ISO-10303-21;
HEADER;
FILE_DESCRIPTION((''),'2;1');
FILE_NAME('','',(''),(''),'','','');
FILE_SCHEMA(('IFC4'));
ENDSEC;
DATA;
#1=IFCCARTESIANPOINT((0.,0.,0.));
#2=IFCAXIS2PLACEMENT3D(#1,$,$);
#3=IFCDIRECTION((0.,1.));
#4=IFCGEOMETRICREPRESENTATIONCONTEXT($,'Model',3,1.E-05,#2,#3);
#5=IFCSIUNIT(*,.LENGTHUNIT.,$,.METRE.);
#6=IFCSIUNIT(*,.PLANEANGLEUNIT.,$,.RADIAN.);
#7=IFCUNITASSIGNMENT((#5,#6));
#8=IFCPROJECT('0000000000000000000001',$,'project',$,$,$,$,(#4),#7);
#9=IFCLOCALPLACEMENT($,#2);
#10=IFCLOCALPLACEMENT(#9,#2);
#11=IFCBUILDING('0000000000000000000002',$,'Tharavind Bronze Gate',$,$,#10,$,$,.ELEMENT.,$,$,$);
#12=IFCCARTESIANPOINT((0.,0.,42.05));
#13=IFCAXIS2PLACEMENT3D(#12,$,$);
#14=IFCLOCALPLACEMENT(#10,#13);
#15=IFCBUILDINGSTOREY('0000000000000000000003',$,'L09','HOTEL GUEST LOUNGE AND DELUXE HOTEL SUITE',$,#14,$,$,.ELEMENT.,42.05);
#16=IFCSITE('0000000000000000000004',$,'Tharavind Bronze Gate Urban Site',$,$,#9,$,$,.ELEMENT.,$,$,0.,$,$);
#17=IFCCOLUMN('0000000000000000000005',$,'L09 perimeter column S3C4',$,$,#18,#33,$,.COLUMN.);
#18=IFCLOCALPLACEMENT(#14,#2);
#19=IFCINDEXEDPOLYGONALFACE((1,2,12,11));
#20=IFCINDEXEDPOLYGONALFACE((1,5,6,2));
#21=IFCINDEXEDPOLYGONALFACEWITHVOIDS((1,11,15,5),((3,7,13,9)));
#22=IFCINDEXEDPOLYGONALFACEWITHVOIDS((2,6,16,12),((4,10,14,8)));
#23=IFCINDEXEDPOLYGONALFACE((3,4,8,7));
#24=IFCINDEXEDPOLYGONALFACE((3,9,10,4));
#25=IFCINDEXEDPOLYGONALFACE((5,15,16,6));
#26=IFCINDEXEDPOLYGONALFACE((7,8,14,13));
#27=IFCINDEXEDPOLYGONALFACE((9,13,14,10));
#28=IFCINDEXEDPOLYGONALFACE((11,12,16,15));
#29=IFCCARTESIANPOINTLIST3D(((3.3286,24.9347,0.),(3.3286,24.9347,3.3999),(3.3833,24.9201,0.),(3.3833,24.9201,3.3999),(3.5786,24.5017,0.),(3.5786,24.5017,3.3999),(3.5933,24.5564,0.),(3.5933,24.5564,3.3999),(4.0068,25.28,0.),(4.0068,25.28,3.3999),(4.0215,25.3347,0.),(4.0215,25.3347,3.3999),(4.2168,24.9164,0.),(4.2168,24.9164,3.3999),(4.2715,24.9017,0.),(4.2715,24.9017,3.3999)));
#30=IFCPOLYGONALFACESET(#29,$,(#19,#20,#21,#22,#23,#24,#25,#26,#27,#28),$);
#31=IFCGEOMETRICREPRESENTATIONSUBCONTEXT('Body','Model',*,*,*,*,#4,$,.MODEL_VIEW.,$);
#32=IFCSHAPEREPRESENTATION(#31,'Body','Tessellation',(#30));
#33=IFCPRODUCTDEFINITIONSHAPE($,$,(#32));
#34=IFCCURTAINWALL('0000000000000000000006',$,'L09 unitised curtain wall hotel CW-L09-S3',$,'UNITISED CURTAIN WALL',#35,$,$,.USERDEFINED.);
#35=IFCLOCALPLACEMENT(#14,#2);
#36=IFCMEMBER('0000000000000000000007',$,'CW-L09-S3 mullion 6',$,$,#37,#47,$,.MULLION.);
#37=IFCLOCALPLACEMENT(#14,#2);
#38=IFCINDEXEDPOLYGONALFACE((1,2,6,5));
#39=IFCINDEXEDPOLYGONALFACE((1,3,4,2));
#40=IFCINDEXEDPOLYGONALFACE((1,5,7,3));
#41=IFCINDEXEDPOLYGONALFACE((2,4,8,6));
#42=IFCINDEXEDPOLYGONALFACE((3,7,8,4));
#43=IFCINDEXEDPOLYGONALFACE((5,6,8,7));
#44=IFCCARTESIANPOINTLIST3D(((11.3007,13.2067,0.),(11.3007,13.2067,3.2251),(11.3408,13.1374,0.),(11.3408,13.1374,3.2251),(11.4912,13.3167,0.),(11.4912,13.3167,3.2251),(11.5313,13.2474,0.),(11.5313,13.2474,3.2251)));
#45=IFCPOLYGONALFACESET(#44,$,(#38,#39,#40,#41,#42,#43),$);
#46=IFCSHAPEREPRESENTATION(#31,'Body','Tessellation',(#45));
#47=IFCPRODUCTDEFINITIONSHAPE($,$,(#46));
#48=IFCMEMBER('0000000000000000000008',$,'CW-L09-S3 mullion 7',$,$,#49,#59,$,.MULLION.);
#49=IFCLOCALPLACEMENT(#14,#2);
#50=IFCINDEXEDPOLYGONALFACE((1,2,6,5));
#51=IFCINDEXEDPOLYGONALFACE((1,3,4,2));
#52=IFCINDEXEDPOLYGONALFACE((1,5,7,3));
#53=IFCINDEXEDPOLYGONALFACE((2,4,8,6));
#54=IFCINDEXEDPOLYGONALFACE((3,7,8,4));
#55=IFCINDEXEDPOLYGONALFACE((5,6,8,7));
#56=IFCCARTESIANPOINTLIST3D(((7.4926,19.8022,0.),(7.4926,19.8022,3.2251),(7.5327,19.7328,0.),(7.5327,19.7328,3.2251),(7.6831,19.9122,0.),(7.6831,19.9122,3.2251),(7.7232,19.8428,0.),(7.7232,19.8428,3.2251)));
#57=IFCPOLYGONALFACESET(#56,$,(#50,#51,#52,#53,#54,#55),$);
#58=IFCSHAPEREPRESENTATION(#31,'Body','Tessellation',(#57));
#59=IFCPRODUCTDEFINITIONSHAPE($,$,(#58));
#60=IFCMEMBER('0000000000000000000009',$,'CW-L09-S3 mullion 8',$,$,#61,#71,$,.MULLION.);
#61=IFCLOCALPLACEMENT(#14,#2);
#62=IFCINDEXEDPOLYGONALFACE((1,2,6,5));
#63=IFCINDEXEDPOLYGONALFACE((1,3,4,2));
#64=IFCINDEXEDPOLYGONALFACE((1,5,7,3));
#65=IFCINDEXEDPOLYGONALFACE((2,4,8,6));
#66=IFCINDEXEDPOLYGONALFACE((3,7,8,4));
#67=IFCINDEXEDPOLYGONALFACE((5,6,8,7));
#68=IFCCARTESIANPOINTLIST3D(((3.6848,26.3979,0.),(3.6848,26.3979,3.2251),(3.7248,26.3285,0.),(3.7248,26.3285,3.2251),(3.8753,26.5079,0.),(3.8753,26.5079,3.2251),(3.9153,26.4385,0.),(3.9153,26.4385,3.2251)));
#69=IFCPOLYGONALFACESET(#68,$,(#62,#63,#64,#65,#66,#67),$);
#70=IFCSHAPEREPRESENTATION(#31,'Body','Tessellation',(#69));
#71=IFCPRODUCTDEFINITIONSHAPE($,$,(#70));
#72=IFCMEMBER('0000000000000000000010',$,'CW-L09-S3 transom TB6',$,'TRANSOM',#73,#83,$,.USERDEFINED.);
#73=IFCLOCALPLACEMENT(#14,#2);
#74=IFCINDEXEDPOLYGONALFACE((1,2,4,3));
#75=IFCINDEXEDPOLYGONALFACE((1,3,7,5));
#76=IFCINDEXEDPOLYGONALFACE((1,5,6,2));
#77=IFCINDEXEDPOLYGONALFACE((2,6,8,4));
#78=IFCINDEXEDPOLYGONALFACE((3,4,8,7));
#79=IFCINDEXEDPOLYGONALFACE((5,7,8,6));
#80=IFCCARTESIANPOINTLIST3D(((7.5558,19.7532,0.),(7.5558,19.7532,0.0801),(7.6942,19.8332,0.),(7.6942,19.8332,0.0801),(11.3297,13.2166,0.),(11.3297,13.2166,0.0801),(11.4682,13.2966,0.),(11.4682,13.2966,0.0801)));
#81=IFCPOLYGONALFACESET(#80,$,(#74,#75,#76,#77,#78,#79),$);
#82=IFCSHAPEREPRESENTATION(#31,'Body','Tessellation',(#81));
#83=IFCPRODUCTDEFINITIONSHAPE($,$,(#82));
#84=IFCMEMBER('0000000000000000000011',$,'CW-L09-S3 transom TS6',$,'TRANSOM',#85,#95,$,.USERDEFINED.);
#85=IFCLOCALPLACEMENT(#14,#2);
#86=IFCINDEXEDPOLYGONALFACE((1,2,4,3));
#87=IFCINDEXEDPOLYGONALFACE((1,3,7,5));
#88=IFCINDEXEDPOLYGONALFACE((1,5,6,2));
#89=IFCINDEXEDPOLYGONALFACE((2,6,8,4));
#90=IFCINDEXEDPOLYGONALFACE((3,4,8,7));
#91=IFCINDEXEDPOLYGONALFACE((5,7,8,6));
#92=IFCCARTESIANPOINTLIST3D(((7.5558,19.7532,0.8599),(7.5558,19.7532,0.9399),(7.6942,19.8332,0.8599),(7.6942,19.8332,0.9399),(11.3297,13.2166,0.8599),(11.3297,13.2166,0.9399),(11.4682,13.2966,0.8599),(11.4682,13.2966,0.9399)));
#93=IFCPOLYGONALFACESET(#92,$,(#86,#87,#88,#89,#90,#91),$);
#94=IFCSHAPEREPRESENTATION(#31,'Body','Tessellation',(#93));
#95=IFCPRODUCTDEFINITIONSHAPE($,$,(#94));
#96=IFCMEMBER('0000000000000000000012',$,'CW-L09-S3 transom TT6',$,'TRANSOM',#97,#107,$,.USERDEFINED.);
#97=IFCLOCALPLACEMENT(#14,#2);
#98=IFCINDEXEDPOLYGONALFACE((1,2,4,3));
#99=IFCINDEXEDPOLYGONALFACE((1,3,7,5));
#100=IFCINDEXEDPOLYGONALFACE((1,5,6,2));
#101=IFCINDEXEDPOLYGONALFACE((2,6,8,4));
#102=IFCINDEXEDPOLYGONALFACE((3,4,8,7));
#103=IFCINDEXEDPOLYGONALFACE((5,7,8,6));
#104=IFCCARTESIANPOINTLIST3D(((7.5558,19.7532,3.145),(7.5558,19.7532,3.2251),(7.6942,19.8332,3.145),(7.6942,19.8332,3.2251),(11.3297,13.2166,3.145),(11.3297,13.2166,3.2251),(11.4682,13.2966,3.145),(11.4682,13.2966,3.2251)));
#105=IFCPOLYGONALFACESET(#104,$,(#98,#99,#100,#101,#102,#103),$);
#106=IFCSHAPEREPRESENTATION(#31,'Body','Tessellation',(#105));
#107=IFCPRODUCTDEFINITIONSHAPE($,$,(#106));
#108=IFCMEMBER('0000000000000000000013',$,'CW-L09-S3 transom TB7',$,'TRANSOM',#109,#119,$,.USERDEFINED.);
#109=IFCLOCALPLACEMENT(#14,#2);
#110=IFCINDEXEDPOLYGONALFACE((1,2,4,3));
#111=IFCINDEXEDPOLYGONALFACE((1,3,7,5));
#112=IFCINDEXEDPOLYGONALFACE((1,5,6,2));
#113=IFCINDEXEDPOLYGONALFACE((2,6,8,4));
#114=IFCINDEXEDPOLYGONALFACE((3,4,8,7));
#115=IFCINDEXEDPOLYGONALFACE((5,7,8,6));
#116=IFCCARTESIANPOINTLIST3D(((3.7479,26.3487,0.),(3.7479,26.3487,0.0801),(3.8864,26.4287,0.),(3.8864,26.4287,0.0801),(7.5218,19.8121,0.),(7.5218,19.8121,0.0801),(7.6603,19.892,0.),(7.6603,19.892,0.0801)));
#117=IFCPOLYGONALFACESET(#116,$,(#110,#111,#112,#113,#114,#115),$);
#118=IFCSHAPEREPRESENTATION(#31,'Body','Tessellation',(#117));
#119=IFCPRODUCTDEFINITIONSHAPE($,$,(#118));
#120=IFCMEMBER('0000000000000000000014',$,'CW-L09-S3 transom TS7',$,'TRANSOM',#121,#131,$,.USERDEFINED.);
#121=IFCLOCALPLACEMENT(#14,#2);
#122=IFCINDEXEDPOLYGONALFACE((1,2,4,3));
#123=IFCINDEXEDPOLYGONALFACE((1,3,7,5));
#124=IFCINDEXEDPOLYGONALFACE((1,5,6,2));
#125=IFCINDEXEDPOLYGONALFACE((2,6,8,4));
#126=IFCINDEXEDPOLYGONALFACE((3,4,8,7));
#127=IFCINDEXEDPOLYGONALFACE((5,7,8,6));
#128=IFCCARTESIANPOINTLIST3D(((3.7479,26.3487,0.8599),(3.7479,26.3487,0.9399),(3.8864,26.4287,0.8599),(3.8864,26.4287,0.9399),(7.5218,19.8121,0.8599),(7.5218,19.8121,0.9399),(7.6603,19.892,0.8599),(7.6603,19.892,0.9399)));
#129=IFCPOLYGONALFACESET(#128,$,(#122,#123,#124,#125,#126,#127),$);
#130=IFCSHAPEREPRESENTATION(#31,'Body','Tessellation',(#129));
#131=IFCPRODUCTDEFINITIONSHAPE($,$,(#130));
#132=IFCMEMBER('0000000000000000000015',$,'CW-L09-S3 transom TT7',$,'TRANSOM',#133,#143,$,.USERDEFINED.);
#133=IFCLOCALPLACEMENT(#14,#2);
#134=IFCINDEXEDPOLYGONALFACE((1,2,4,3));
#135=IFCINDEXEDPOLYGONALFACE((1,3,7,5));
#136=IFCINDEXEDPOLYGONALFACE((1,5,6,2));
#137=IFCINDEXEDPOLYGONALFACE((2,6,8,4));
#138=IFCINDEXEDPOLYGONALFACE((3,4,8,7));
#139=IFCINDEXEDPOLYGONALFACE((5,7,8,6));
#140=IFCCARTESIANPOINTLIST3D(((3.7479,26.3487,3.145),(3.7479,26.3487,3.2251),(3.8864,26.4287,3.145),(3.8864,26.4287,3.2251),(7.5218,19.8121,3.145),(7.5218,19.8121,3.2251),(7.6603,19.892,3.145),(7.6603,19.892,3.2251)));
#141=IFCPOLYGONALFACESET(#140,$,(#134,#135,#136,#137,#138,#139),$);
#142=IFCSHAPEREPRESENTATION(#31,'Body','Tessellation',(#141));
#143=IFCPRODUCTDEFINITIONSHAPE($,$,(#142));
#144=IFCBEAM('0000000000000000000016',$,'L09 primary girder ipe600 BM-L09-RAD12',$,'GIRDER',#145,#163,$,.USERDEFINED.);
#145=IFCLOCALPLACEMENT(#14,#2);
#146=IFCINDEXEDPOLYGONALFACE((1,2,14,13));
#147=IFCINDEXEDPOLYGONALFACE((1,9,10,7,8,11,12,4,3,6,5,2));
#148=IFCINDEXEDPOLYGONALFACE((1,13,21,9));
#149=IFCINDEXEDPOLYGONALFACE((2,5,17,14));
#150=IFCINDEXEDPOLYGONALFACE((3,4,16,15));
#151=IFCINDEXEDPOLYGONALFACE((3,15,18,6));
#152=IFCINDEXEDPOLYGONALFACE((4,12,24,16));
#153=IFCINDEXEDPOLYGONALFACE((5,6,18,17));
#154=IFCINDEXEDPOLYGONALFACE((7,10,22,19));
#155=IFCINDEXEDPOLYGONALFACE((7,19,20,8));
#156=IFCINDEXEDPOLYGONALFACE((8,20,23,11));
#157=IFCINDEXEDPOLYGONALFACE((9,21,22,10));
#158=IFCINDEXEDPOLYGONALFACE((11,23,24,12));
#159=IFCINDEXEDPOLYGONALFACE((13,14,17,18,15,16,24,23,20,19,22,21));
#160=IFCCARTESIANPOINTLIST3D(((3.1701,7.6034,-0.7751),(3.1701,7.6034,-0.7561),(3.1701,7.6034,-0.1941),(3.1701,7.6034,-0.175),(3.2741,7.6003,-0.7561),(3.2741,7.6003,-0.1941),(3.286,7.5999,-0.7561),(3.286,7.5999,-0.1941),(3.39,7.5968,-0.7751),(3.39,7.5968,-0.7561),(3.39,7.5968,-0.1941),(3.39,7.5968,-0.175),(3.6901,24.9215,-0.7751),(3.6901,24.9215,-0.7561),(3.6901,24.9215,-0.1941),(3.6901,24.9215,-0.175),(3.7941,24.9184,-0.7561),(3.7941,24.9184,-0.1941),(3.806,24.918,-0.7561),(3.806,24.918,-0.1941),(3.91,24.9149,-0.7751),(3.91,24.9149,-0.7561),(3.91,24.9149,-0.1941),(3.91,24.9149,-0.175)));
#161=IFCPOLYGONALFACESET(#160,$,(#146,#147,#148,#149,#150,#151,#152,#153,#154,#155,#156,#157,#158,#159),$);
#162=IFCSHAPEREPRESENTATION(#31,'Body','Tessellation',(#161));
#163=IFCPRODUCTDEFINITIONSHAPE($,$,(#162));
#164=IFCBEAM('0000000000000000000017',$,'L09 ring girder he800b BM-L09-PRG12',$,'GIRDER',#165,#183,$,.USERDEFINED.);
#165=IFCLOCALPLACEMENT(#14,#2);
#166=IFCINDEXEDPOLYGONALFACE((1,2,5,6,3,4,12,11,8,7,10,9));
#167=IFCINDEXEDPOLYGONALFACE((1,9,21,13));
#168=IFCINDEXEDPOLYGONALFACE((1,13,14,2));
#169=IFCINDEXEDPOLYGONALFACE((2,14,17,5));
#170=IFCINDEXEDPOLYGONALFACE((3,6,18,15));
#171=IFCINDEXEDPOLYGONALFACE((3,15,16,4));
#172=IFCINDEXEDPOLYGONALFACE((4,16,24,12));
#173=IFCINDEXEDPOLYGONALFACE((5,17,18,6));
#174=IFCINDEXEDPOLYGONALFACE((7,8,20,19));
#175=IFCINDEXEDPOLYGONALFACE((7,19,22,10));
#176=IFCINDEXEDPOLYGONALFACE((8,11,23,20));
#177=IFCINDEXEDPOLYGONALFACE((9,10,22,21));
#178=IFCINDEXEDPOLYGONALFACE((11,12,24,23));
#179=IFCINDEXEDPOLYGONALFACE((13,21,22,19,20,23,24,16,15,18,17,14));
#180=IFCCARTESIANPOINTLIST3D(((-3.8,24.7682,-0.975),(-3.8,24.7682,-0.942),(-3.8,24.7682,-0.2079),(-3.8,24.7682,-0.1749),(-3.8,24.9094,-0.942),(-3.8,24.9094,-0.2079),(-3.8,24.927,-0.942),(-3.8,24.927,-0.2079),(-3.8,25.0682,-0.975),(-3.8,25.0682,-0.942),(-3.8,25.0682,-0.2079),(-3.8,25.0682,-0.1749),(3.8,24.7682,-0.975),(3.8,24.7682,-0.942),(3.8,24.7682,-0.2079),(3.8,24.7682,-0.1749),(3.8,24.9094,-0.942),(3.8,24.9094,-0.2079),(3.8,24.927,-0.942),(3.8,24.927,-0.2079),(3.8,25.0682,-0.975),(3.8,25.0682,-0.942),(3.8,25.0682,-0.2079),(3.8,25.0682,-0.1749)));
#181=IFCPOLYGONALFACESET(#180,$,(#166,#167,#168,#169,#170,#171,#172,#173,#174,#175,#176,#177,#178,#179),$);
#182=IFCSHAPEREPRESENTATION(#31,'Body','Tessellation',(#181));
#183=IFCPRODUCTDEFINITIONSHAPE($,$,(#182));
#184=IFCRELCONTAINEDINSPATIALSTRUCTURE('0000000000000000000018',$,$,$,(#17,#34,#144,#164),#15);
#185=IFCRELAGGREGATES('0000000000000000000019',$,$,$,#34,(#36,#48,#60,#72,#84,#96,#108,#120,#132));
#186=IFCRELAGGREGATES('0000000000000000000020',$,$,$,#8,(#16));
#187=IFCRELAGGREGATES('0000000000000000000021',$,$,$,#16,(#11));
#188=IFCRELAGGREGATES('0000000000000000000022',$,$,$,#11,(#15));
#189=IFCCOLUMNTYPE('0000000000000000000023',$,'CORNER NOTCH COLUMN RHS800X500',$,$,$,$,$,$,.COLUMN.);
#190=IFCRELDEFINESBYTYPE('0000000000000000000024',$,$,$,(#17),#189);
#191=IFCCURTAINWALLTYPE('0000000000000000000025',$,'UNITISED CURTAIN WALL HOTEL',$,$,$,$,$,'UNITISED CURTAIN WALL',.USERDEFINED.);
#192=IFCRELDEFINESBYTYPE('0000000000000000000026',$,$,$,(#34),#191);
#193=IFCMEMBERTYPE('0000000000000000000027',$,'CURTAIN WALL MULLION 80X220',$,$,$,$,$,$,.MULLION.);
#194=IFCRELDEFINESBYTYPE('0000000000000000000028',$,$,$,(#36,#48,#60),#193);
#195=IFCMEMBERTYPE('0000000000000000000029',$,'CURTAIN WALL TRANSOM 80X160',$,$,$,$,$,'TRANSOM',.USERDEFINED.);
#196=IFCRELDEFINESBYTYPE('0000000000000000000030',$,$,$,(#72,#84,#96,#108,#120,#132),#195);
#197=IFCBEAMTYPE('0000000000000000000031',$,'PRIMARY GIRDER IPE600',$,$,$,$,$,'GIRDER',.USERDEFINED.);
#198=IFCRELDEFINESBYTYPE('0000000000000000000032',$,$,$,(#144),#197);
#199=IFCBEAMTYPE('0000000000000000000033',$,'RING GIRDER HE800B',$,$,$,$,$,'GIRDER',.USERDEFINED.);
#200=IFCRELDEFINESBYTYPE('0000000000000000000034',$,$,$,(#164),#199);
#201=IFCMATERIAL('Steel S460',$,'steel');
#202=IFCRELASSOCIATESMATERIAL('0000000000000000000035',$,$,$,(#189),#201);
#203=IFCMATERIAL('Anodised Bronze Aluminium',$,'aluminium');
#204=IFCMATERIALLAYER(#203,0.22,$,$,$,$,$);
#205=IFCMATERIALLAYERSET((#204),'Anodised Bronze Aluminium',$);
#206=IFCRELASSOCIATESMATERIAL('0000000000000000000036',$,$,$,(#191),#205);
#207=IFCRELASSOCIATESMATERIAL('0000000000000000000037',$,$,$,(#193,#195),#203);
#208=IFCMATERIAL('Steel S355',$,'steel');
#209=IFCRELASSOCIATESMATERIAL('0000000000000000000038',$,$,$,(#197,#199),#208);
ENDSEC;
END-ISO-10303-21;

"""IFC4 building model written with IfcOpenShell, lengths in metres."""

from ifc_helpers import new_model, si_unit, direction, frame, origin, origin_2d, place, context, subcontext, project, spatial, rectangle, hollow_rectangle, i_section, extrude, material, layer, layer_set, material_profile, profile_set, type_object, element, aggregate, save


model = new_model("IFC4")

# Units and contexts
model_context = context("Model", 3, precision=1e-05, world=origin(), true_north=direction((0.0, 1.0)))
body_context = subcontext(model_context, "Body", "Model", "MODEL_VIEW")
ifc_project = project(units=[si_unit("LENGTHUNIT", "METRE"), si_unit("PLANEANGLEUNIT", "RADIAN")], contexts=[model_context])

# Site, building, storey
site_placement = place(None, origin())
site = spatial("IfcSite", under=ifc_project, at=site_placement, Name="Tharavind Bronze Gate Urban Site", CompositionType="ELEMENT", RefElevation=0.0)
building_placement = place(site_placement, origin())
building = spatial("IfcBuilding", under=site, at=building_placement, Name="Tharavind Bronze Gate", CompositionType="ELEMENT")
storey_placement = place(building_placement, frame((0.0, 0.0, 42.05)))
storey = spatial("IfcBuildingStorey", under=building, at=storey_placement, Name="L09", Description="HOTEL GUEST LOUNGE AND DELUXE HOTEL SUITE", CompositionType="ELEMENT", Elevation=42.05)

# Column
ifc_material_1 = material(Name="Steel S460", Category="steel")
ifc_material_profile_1 = material_profile(ifc_material_1, hollow_rectangle(XDim=0.5, YDim=0.8, WallThickness=0.04, at=origin_2d()), Name="RHS800X500X40")
ifc_profile_set_1 = profile_set([ifc_material_profile_1], Name="Steel S460")
column_type = type_object("IfcColumnType", Name="CORNER NOTCH COLUMN RHS800X500", PredefinedType="COLUMN", material=ifc_profile_set_1)
column_placement = place(storey_placement, frame((3.8, 24.9182, 0.0), z_axis=(0.0, 0.0, 1.0), x_axis=(-0.500002, 0.866025, 0.0)))
element("IfcColumn", 1, at=column_placement, inside=storey, type_object=column_type, Name="L09 perimeter column S3C4", PredefinedType="COLUMN", context=body_context, shape_type="SweptSolid", body=[
    extrude(hollow_rectangle(XDim=0.5, YDim=0.8, WallThickness=0.04, at=origin_2d()), origin(), (0.0, 0.0, 1.0), 3.3999),
])

# Curtain wall, members
ifc_material_2 = material(Name="Anodised Bronze Aluminium", Category="aluminium")
ifc_layer_1 = layer(ifc_material_2, 0.22)
ifc_layer_set_1 = layer_set([ifc_layer_1], Name="Anodised Bronze Aluminium")
curtain_wall_type = type_object("IfcCurtainWallType", Name="UNITISED CURTAIN WALL HOTEL", ElementType="UNITISED CURTAIN WALL", PredefinedType="USERDEFINED", material=ifc_layer_set_1)
curtain_wall_placement = place(storey_placement, origin())
curtain_wall = element("IfcCurtainWall", 2, at=curtain_wall_placement, inside=storey, type_object=curtain_wall_type, Name="L09 unitised curtain wall hotel CW-L09-S3", ObjectType="UNITISED CURTAIN WALL", PredefinedType="USERDEFINED")
member_type_1 = type_object("IfcMemberType", Name="CURTAIN WALL MULLION 80X220", PredefinedType="MULLION", material=ifc_material_2)
member_1_placement = place(storey_placement, frame((11.416, 13.2271, 0.0), z_axis=(0.0, 0.0, 1.0), x_axis=(-0.500002, 0.866025, 0.0)))
member_1 = element("IfcMember", 3, at=member_1_placement, type_object=member_type_1, Name="CW-L09-S3 mullion 6", PredefinedType="MULLION", context=body_context, shape_type="SweptSolid", body=[
    extrude(rectangle(XDim=0.0801, YDim=0.22, at=origin_2d()), origin(), (0.0, 0.0, 1.0), 3.2251),
])
member_2_placement = place(storey_placement, frame((7.6079, 19.8225, 0.0), z_axis=(0.0, 0.0, 1.0), x_axis=(-0.500002, 0.866025, 0.0)))
member_2 = element("IfcMember", 4, at=member_2_placement, type_object=member_type_1, Name="CW-L09-S3 mullion 7", PredefinedType="MULLION", context=body_context, shape_type="SweptSolid", body=[
    extrude(rectangle(XDim=0.0801, YDim=0.22, at=origin_2d()), origin(), (0.0, 0.0, 1.0), 3.2251),
])
member_3_placement = place(storey_placement, frame((3.8, 26.4182, 0.0), z_axis=(0.0, 0.0, 1.0), x_axis=(-0.500002, 0.866025, 0.0)))
member_3 = element("IfcMember", 5, at=member_3_placement, type_object=member_type_1, Name="CW-L09-S3 mullion 8", PredefinedType="MULLION", context=body_context, shape_type="SweptSolid", body=[
    extrude(rectangle(XDim=0.0801, YDim=0.22, at=origin_2d()), origin(), (0.0, 0.0, 1.0), 3.2251),
])
member_type_2 = type_object("IfcMemberType", Name="CURTAIN WALL TRANSOM 80X160", ElementType="TRANSOM", PredefinedType="USERDEFINED", material=ifc_material_2)
member_4_placement = place(storey_placement, frame((9.512, 16.5249, 0.0), z_axis=(0.0, 0.0, 1.0), x_axis=(-0.500002, 0.866025, 0.0)))
member_4 = element("IfcMember", 6, at=member_4_placement, type_object=member_type_2, Name="CW-L09-S3 transom TB6", ObjectType="TRANSOM", PredefinedType="USERDEFINED", context=body_context, shape_type="SweptSolid", body=[
    extrude(rectangle(XDim=7.5479, YDim=0.1599, at=origin_2d()), origin(), (0.0, 0.0, 1.0), 0.0801),
])
member_5_placement = place(storey_placement, frame((9.512, 16.5249, 0.8599), z_axis=(0.0, 0.0, 1.0), x_axis=(-0.500002, 0.866025, 0.0)))
member_5 = element("IfcMember", 7, at=member_5_placement, type_object=member_type_2, Name="CW-L09-S3 transom TS6", ObjectType="TRANSOM", PredefinedType="USERDEFINED", context=body_context, shape_type="SweptSolid", body=[
    extrude(rectangle(XDim=7.5479, YDim=0.1599, at=origin_2d()), origin(), (0.0, 0.0, 1.0), 0.0801),
])
member_6_placement = place(storey_placement, frame((9.512, 16.5249, 3.145), z_axis=(0.0, 0.0, 1.0), x_axis=(-0.500002, 0.866025, 0.0)))
member_6 = element("IfcMember", 8, at=member_6_placement, type_object=member_type_2, Name="CW-L09-S3 transom TT6", ObjectType="TRANSOM", PredefinedType="USERDEFINED", context=body_context, shape_type="SweptSolid", body=[
    extrude(rectangle(XDim=7.5479, YDim=0.1599, at=origin_2d()), origin(), (0.0, 0.0, 1.0), 0.0801),
])
member_7_placement = place(storey_placement, frame((5.7041, 23.1204, 0.0), z_axis=(0.0, 0.0, 1.0), x_axis=(-0.500002, 0.866025, 0.0)))
member_7 = element("IfcMember", 9, at=member_7_placement, type_object=member_type_2, Name="CW-L09-S3 transom TB7", ObjectType="TRANSOM", PredefinedType="USERDEFINED", context=body_context, shape_type="SweptSolid", body=[
    extrude(rectangle(XDim=7.5479, YDim=0.1599, at=origin_2d()), origin(), (0.0, 0.0, 1.0), 0.0801),
])
member_8_placement = place(storey_placement, frame((5.7041, 23.1204, 0.8599), z_axis=(0.0, 0.0, 1.0), x_axis=(-0.500002, 0.866025, 0.0)))
member_8 = element("IfcMember", 10, at=member_8_placement, type_object=member_type_2, Name="CW-L09-S3 transom TS7", ObjectType="TRANSOM", PredefinedType="USERDEFINED", context=body_context, shape_type="SweptSolid", body=[
    extrude(rectangle(XDim=7.5479, YDim=0.1599, at=origin_2d()), origin(), (0.0, 0.0, 1.0), 0.0801),
])
member_9_placement = place(storey_placement, frame((5.7041, 23.1204, 3.145), z_axis=(0.0, 0.0, 1.0), x_axis=(-0.500002, 0.866025, 0.0)))
member_9 = element("IfcMember", 11, at=member_9_placement, type_object=member_type_2, Name="CW-L09-S3 transom TT7", ObjectType="TRANSOM", PredefinedType="USERDEFINED", context=body_context, shape_type="SweptSolid", body=[
    extrude(rectangle(XDim=7.5479, YDim=0.1599, at=origin_2d()), origin(), (0.0, 0.0, 1.0), 0.0801),
])

# Beams
ifc_material_3 = material(Name="Steel S355", Category="steel")
ifc_material_profile_2 = material_profile(ifc_material_3, i_section(OverallWidth=0.22, OverallDepth=0.6001, WebThickness=0.012, FlangeThickness=0.019, at=origin_2d()), Name="IPE600")
ifc_profile_set_2 = profile_set([ifc_material_profile_2], Name="Steel S355")
beam_type_1 = type_object("IfcBeamType", Name="PRIMARY GIRDER IPE600", ElementType="GIRDER", PredefinedType="USERDEFINED", material=ifc_profile_set_2)
beam_1_placement = place(storey_placement, frame((3.8, 24.9182, -0.4751), z_axis=(-0.030014, -0.999549, 0.0), x_axis=(0.999549, -0.030014, 0.0)))
element("IfcBeam", 12, at=beam_1_placement, inside=storey, type_object=beam_type_1, Name="L09 primary girder ipe600 BM-L09-RAD12", ObjectType="GIRDER", PredefinedType="USERDEFINED", context=body_context, shape_type="SweptSolid", body=[
    extrude(i_section(OverallWidth=0.22, OverallDepth=0.6001, WebThickness=0.012, FlangeThickness=0.019, at=origin_2d()), origin(), (0.0, 0.0, 1.0), 17.3259),
])
ifc_material_profile_3 = material_profile(ifc_material_3, i_section(OverallWidth=0.3, OverallDepth=0.8, WebThickness=0.0176, FlangeThickness=0.033, at=origin_2d()), Name="HE800B")
ifc_profile_set_3 = profile_set([ifc_material_profile_3], Name="Steel S355")
beam_type_2 = type_object("IfcBeamType", Name="RING GIRDER HE800B", ElementType="GIRDER", PredefinedType="USERDEFINED", material=ifc_profile_set_3)
beam_2_placement = place(storey_placement, frame((3.8, 24.9182, -0.575), z_axis=(-1.0, 0.0, 0.0), x_axis=(0.0, -1.0, 0.0)))
element("IfcBeam", 13, at=beam_2_placement, inside=storey, type_object=beam_type_2, Name="L09 ring girder he800b BM-L09-PRG12", ObjectType="GIRDER", PredefinedType="USERDEFINED", context=body_context, shape_type="SweptSolid", body=[
    extrude(i_section(OverallWidth=0.3, OverallDepth=0.8, WebThickness=0.0176, FlangeThickness=0.033, at=origin_2d()), origin(), (0.0, 0.0, 1.0), 7.6001),
])

aggregate(curtain_wall, [member_1, member_2, member_3, member_4, member_5, member_6, member_7, member_8, member_9])

save(model, "model.ifc")
